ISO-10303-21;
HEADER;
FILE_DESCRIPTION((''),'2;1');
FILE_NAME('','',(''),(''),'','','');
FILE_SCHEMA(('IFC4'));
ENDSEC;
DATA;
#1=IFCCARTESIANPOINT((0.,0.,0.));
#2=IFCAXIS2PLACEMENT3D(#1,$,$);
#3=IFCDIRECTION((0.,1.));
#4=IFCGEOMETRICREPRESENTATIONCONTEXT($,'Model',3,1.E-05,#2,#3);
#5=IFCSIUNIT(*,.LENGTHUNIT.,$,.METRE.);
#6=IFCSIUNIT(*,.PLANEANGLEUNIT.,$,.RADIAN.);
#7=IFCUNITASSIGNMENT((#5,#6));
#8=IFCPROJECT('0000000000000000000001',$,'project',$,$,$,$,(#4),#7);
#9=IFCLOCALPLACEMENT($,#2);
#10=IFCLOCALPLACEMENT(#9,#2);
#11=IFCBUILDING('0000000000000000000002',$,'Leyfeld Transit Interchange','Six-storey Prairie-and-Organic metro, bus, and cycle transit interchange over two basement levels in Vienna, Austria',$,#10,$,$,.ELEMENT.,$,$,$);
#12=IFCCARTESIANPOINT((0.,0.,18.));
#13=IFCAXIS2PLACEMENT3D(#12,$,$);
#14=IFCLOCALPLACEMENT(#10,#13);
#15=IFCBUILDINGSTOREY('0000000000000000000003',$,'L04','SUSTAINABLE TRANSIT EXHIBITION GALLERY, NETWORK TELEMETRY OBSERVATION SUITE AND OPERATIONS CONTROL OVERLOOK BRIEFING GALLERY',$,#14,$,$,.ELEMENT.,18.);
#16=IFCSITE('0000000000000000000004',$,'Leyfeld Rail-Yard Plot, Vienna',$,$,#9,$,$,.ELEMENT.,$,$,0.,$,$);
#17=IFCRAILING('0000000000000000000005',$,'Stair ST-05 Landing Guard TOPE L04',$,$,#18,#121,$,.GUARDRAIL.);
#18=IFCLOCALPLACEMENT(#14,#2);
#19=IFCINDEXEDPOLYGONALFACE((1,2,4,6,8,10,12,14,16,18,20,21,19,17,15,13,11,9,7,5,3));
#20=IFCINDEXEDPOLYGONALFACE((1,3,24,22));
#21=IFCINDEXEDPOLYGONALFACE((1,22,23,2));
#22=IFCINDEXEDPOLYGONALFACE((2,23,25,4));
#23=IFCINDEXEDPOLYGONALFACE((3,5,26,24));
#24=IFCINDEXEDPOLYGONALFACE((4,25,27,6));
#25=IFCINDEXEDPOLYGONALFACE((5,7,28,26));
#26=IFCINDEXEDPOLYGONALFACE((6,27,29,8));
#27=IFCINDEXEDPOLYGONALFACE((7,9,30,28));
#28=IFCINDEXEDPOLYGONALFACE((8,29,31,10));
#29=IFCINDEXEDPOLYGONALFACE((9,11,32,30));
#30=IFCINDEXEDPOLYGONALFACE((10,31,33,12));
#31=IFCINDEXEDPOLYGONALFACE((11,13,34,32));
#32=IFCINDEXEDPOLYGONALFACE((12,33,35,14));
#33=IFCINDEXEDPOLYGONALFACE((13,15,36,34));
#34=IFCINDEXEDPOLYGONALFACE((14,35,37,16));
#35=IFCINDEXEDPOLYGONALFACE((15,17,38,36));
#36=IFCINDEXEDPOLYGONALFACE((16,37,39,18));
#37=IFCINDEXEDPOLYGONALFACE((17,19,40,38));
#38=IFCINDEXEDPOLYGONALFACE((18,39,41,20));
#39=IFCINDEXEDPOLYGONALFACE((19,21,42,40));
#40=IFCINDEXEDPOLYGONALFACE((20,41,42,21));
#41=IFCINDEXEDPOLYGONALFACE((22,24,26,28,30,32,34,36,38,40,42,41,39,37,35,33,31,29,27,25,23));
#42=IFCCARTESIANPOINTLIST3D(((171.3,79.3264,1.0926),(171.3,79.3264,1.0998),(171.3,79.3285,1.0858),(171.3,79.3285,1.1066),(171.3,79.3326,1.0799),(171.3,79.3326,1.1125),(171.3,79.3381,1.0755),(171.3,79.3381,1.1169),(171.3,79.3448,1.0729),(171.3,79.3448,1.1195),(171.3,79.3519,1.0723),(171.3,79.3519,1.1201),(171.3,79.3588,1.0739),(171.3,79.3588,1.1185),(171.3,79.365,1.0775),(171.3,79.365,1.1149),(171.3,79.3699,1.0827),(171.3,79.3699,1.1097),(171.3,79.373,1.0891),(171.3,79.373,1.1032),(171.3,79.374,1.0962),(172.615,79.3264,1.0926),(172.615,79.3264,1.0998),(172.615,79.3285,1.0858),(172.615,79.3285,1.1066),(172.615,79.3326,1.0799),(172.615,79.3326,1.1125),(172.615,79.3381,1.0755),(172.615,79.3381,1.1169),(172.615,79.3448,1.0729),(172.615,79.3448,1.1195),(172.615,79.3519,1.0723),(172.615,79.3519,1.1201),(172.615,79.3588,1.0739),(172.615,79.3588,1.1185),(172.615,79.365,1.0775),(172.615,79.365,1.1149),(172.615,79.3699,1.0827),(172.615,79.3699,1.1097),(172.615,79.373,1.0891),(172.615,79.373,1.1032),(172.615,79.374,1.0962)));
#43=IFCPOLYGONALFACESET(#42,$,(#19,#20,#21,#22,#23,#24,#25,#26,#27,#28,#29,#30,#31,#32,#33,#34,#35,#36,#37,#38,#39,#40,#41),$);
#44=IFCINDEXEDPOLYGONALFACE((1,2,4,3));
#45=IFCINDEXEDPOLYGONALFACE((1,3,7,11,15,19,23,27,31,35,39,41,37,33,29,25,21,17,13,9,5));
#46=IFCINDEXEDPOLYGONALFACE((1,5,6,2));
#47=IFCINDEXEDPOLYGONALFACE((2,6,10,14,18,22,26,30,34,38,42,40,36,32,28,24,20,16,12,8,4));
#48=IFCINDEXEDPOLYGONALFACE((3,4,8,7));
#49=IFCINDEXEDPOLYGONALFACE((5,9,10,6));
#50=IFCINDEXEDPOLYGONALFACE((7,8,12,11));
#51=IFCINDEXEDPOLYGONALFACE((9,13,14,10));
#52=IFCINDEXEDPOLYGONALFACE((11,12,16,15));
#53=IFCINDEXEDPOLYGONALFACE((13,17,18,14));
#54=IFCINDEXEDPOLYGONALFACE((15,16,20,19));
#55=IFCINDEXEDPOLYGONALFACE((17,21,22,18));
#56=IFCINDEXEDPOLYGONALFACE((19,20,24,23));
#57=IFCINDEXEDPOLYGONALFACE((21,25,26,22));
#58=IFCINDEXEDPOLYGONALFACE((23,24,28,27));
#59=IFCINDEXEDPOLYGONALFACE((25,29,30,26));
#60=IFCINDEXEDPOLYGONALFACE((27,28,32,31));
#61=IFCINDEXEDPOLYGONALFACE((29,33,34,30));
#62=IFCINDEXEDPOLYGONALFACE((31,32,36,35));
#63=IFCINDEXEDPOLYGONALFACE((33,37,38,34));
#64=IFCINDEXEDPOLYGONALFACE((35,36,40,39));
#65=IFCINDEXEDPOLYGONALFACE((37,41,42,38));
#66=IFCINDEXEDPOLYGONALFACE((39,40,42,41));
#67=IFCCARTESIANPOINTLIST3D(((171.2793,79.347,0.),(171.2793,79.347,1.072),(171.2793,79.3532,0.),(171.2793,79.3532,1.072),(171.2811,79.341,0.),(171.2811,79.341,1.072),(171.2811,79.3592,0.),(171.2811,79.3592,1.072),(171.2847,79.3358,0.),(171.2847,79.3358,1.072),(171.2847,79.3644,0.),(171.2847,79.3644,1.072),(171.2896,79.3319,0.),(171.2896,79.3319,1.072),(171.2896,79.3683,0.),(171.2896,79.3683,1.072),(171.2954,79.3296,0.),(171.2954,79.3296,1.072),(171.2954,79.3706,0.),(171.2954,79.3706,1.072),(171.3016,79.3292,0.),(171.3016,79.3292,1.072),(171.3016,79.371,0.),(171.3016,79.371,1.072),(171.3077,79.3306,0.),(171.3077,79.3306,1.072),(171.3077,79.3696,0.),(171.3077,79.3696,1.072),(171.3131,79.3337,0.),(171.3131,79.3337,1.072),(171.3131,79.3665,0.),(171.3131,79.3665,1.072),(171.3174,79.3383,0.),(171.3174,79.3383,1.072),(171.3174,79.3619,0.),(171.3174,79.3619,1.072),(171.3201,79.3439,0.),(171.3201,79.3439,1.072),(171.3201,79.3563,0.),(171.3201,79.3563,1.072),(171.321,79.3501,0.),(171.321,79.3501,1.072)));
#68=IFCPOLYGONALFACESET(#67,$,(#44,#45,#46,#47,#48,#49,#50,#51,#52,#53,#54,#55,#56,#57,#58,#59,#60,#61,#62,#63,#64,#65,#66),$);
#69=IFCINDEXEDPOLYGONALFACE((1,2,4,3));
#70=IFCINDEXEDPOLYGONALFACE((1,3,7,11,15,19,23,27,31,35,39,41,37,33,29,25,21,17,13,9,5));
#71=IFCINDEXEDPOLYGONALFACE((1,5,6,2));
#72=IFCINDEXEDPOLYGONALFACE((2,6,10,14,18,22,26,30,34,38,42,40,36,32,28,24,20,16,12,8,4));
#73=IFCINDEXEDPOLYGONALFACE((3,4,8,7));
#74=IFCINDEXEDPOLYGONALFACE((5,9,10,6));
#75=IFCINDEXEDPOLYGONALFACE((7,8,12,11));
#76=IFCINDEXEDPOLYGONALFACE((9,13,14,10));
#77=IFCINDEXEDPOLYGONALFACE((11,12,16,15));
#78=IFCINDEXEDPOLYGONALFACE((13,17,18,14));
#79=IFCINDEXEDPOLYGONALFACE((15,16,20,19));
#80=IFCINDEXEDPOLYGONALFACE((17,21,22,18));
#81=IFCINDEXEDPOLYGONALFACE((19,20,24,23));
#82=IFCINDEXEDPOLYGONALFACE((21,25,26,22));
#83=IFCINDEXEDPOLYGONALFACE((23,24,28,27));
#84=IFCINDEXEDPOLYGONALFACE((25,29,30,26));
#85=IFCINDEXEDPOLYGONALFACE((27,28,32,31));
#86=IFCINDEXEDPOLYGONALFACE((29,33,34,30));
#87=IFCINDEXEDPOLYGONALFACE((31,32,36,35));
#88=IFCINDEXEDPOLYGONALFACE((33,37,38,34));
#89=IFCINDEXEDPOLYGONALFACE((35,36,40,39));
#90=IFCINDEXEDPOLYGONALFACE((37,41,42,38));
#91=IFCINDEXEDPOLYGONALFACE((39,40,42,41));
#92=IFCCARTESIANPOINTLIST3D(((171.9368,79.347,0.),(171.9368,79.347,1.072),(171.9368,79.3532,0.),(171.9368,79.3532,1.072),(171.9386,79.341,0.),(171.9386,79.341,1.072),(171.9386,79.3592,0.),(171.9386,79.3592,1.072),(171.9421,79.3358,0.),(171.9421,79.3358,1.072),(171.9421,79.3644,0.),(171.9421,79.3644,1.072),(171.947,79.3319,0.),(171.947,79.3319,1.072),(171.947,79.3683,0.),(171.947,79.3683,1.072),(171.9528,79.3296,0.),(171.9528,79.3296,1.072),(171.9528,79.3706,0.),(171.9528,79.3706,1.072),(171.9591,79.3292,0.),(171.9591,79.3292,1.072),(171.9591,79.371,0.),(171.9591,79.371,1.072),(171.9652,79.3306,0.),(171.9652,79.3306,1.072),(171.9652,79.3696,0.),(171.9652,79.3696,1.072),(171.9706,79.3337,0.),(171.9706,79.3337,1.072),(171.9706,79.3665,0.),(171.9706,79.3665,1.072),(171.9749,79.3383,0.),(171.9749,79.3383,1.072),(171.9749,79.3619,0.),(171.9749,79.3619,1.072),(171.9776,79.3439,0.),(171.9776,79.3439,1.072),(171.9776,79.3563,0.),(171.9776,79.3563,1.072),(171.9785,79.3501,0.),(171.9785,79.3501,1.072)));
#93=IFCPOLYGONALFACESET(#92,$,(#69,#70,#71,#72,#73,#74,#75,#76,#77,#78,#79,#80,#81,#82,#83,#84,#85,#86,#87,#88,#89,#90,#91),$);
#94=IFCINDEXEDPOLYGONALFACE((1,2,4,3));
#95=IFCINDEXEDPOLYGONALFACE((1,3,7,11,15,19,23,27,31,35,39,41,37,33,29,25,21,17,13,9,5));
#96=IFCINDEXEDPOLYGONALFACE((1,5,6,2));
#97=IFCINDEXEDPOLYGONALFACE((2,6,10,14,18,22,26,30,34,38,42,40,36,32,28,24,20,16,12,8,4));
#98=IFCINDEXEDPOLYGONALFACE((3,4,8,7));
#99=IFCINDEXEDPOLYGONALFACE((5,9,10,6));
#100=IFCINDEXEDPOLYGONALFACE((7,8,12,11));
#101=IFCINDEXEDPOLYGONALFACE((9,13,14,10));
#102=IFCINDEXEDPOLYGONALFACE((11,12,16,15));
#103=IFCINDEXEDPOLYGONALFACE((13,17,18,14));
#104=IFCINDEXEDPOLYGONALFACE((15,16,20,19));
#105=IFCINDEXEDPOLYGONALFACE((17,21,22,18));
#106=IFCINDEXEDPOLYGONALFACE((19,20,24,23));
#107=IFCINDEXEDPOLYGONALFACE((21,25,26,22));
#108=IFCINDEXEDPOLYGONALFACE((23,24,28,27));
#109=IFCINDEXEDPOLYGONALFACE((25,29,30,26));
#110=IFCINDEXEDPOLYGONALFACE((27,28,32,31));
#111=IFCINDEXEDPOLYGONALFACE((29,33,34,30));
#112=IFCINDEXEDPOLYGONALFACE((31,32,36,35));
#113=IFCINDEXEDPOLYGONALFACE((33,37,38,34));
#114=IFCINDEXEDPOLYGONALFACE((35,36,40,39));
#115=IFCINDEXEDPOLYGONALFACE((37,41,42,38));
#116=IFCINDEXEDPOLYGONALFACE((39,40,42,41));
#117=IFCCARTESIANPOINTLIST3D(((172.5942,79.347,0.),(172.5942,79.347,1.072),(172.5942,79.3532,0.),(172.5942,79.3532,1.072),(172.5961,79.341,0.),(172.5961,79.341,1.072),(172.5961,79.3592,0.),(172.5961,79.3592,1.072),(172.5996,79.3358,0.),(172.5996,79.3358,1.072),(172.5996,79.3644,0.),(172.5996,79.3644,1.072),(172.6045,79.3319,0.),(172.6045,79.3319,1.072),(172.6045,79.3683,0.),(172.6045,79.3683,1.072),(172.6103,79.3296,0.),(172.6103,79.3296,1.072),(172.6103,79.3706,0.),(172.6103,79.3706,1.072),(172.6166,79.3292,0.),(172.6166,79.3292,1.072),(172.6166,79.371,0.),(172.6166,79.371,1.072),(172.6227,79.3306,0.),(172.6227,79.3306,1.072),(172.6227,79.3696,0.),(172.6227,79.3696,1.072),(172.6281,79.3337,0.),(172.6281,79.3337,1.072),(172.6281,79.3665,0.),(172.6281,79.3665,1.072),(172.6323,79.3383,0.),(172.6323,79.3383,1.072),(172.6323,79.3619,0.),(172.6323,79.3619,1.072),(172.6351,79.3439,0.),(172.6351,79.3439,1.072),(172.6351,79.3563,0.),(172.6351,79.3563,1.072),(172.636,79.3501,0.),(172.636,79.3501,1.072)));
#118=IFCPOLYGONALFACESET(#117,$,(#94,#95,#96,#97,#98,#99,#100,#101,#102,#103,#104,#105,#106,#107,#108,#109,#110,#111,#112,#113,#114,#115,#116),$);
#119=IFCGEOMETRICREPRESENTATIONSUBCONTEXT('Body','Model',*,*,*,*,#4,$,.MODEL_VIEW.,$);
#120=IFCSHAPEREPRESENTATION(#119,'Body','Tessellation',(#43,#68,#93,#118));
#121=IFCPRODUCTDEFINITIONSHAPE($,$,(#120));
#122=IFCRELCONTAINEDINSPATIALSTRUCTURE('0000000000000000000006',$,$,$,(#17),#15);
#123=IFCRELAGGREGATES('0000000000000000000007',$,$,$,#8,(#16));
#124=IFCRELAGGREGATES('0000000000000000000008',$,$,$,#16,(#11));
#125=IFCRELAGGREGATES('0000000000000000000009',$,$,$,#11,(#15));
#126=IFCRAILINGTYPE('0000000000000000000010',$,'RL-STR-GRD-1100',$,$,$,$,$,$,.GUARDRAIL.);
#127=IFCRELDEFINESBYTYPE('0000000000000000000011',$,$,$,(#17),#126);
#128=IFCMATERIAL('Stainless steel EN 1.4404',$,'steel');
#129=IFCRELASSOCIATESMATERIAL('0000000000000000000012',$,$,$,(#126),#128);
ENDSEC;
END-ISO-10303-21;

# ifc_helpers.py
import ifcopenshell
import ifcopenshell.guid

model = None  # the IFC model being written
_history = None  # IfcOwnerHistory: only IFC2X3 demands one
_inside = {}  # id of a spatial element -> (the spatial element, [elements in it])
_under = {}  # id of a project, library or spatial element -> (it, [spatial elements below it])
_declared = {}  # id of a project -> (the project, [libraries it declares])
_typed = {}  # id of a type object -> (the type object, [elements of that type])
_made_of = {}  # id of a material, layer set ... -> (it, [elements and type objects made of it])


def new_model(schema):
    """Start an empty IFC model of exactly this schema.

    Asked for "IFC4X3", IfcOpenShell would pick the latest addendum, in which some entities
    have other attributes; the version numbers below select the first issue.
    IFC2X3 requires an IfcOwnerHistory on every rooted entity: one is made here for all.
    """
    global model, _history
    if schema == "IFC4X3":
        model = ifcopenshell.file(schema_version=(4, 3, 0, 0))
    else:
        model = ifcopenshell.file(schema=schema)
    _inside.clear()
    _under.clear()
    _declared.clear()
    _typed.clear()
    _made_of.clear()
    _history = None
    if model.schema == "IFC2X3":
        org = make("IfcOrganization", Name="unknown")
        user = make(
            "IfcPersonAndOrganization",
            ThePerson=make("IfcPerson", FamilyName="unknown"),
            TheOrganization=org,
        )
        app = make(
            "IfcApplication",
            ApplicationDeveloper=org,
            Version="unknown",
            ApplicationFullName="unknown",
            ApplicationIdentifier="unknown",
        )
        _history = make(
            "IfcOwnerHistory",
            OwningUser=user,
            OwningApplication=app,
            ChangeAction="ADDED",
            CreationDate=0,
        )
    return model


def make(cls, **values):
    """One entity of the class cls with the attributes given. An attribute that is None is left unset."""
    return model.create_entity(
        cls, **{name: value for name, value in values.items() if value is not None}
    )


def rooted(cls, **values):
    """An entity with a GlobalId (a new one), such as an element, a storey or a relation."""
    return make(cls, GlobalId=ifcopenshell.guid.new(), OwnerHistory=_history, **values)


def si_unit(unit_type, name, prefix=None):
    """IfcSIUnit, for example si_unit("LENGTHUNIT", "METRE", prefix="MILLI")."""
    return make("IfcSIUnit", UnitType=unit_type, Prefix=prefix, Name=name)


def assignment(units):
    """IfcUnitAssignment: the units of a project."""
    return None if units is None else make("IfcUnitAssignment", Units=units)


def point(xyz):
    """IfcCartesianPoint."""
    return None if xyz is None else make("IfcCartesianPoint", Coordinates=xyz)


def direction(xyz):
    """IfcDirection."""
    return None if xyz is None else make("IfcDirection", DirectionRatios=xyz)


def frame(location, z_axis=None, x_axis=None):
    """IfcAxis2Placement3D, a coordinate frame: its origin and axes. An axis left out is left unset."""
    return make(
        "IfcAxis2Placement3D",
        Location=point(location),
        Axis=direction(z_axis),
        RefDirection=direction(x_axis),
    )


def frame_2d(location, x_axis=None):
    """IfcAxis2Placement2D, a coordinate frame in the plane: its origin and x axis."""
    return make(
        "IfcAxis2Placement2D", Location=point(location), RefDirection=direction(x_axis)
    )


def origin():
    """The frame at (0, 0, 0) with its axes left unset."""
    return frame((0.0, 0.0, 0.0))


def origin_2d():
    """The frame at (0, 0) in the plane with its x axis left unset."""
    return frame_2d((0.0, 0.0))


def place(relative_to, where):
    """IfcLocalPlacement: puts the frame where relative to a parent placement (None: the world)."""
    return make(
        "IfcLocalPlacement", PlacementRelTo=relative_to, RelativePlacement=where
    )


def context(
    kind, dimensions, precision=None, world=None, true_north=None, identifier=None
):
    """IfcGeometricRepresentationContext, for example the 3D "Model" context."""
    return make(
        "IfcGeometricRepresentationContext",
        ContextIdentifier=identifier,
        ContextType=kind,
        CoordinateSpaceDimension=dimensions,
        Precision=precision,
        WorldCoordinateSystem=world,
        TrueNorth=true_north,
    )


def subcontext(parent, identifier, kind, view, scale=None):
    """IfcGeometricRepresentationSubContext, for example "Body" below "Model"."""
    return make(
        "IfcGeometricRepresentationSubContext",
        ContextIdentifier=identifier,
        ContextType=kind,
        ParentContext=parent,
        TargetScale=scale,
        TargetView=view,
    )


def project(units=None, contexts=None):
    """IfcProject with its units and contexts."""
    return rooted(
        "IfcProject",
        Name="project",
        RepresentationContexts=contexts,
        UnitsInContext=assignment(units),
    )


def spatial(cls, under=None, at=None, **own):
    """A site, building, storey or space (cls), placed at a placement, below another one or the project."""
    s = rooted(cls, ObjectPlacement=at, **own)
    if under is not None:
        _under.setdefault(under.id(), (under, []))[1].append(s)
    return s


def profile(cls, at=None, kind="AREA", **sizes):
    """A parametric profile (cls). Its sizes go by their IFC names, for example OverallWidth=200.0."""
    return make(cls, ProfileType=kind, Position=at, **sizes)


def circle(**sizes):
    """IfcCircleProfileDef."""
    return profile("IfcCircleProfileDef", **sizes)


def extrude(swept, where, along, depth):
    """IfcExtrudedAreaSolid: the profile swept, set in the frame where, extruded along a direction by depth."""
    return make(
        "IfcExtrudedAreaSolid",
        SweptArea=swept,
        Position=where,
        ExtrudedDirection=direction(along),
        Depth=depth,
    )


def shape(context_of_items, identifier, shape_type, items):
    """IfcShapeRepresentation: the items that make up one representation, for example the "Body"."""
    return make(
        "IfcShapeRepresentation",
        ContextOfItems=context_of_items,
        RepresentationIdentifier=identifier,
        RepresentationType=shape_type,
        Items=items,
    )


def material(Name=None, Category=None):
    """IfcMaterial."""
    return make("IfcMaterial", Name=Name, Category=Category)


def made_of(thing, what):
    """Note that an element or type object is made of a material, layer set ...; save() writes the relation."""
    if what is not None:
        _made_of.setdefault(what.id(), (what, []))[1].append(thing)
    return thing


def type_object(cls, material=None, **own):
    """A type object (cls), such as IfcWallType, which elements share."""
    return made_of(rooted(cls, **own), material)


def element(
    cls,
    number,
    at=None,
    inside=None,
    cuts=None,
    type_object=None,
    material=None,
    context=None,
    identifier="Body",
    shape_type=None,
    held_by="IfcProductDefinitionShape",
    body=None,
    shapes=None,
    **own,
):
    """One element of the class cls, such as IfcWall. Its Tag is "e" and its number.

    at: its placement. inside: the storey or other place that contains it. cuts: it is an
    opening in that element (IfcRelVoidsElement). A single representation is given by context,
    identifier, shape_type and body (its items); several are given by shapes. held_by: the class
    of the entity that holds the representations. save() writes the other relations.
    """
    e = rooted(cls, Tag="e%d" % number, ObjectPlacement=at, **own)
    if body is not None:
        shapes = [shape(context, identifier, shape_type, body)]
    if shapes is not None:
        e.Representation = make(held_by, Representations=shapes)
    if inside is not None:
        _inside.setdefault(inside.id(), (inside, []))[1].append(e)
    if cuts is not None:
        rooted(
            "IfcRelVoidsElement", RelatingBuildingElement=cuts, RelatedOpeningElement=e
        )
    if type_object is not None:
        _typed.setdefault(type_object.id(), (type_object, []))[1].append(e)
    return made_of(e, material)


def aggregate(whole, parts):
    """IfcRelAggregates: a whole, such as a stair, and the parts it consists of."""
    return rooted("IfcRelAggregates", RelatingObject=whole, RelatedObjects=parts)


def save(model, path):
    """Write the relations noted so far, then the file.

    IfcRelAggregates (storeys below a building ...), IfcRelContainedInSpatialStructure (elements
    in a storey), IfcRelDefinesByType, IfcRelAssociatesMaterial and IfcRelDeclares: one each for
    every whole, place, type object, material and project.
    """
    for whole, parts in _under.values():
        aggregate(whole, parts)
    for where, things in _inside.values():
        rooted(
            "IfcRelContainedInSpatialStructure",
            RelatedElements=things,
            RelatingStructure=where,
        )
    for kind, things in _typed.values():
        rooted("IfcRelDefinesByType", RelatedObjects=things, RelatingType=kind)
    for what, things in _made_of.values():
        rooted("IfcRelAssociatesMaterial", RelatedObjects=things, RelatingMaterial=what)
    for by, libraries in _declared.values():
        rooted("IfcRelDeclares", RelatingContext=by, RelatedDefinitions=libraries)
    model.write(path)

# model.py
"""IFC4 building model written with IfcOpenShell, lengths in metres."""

from ifc_helpers import new_model, si_unit, direction, frame, origin, origin_2d, place, context, subcontext, project, spatial, circle, extrude, material, type_object, element, save


model = new_model("IFC4")

# Units and contexts
model_context = context("Model", 3, precision=1e-05, world=origin(), true_north=direction((0.0, 1.0)))
body_context = subcontext(model_context, "Body", "Model", "MODEL_VIEW")
ifc_project = project(units=[si_unit("LENGTHUNIT", "METRE"), si_unit("PLANEANGLEUNIT", "RADIAN")], contexts=[model_context])

# Site, building, storey
site_placement = place(None, origin())
site = spatial("IfcSite", under=ifc_project, at=site_placement, Name="Leyfeld Rail-Yard Plot, Vienna", CompositionType="ELEMENT", RefElevation=0.0)
building_placement = place(site_placement, origin())
building = spatial("IfcBuilding", under=site, at=building_placement, Name="Leyfeld Transit Interchange", Description="Six-storey Prairie-and-Organic metro, bus, and cycle transit interchange over two basement levels in Vienna, Austria", CompositionType="ELEMENT")
storey_placement = place(building_placement, frame((0.0, 0.0, 18.0)))
storey = spatial("IfcBuildingStorey", under=building, at=storey_placement, Name="L04", Description="SUSTAINABLE TRANSIT EXHIBITION GALLERY, NETWORK TELEMETRY OBSERVATION SUITE AND OPERATIONS CONTROL OVERLOOK BRIEFING GALLERY", CompositionType="ELEMENT", Elevation=18.0)

# Railing
ifc_material_1 = material(Name="Stainless steel EN 1.4404", Category="steel")
railing_type_1 = type_object("IfcRailingType", Name="RL-STR-GRD-1100", PredefinedType="GUARDRAIL", material=ifc_material_1)
railing_1_placement = place(storey_placement, frame((171.3, 79.3501, 0.0)))
element("IfcRailing", 1, at=railing_1_placement, inside=storey, type_object=railing_type_1, Name="Stair ST-05 Landing Guard TOPE L04", PredefinedType="GUARDRAIL", context=body_context, shape_type="SweptSolid", body=[
    extrude(circle(Radius=0.0239, at=origin_2d()), frame((0.0, 0.0, 1.0962), z_axis=(1.0, 0.0, 0.0), x_axis=(0.0, 1.0, 0.0)), (0.0, 0.0, 1.0), 1.3149),
    extrude(circle(Radius=0.021, at=origin_2d()), origin(), (0.0, 0.0, 1.0), 1.072),
    extrude(circle(Radius=0.021, at=origin_2d()), frame((0.6575, 0.0, 0.0)), (0.0, 0.0, 1.0), 1.072),
    extrude(circle(Radius=0.021, at=origin_2d()), frame((1.3149, 0.0, 0.0)), (0.0, 0.0, 1.0), 1.072),
])

save(model, "model.ifc")
